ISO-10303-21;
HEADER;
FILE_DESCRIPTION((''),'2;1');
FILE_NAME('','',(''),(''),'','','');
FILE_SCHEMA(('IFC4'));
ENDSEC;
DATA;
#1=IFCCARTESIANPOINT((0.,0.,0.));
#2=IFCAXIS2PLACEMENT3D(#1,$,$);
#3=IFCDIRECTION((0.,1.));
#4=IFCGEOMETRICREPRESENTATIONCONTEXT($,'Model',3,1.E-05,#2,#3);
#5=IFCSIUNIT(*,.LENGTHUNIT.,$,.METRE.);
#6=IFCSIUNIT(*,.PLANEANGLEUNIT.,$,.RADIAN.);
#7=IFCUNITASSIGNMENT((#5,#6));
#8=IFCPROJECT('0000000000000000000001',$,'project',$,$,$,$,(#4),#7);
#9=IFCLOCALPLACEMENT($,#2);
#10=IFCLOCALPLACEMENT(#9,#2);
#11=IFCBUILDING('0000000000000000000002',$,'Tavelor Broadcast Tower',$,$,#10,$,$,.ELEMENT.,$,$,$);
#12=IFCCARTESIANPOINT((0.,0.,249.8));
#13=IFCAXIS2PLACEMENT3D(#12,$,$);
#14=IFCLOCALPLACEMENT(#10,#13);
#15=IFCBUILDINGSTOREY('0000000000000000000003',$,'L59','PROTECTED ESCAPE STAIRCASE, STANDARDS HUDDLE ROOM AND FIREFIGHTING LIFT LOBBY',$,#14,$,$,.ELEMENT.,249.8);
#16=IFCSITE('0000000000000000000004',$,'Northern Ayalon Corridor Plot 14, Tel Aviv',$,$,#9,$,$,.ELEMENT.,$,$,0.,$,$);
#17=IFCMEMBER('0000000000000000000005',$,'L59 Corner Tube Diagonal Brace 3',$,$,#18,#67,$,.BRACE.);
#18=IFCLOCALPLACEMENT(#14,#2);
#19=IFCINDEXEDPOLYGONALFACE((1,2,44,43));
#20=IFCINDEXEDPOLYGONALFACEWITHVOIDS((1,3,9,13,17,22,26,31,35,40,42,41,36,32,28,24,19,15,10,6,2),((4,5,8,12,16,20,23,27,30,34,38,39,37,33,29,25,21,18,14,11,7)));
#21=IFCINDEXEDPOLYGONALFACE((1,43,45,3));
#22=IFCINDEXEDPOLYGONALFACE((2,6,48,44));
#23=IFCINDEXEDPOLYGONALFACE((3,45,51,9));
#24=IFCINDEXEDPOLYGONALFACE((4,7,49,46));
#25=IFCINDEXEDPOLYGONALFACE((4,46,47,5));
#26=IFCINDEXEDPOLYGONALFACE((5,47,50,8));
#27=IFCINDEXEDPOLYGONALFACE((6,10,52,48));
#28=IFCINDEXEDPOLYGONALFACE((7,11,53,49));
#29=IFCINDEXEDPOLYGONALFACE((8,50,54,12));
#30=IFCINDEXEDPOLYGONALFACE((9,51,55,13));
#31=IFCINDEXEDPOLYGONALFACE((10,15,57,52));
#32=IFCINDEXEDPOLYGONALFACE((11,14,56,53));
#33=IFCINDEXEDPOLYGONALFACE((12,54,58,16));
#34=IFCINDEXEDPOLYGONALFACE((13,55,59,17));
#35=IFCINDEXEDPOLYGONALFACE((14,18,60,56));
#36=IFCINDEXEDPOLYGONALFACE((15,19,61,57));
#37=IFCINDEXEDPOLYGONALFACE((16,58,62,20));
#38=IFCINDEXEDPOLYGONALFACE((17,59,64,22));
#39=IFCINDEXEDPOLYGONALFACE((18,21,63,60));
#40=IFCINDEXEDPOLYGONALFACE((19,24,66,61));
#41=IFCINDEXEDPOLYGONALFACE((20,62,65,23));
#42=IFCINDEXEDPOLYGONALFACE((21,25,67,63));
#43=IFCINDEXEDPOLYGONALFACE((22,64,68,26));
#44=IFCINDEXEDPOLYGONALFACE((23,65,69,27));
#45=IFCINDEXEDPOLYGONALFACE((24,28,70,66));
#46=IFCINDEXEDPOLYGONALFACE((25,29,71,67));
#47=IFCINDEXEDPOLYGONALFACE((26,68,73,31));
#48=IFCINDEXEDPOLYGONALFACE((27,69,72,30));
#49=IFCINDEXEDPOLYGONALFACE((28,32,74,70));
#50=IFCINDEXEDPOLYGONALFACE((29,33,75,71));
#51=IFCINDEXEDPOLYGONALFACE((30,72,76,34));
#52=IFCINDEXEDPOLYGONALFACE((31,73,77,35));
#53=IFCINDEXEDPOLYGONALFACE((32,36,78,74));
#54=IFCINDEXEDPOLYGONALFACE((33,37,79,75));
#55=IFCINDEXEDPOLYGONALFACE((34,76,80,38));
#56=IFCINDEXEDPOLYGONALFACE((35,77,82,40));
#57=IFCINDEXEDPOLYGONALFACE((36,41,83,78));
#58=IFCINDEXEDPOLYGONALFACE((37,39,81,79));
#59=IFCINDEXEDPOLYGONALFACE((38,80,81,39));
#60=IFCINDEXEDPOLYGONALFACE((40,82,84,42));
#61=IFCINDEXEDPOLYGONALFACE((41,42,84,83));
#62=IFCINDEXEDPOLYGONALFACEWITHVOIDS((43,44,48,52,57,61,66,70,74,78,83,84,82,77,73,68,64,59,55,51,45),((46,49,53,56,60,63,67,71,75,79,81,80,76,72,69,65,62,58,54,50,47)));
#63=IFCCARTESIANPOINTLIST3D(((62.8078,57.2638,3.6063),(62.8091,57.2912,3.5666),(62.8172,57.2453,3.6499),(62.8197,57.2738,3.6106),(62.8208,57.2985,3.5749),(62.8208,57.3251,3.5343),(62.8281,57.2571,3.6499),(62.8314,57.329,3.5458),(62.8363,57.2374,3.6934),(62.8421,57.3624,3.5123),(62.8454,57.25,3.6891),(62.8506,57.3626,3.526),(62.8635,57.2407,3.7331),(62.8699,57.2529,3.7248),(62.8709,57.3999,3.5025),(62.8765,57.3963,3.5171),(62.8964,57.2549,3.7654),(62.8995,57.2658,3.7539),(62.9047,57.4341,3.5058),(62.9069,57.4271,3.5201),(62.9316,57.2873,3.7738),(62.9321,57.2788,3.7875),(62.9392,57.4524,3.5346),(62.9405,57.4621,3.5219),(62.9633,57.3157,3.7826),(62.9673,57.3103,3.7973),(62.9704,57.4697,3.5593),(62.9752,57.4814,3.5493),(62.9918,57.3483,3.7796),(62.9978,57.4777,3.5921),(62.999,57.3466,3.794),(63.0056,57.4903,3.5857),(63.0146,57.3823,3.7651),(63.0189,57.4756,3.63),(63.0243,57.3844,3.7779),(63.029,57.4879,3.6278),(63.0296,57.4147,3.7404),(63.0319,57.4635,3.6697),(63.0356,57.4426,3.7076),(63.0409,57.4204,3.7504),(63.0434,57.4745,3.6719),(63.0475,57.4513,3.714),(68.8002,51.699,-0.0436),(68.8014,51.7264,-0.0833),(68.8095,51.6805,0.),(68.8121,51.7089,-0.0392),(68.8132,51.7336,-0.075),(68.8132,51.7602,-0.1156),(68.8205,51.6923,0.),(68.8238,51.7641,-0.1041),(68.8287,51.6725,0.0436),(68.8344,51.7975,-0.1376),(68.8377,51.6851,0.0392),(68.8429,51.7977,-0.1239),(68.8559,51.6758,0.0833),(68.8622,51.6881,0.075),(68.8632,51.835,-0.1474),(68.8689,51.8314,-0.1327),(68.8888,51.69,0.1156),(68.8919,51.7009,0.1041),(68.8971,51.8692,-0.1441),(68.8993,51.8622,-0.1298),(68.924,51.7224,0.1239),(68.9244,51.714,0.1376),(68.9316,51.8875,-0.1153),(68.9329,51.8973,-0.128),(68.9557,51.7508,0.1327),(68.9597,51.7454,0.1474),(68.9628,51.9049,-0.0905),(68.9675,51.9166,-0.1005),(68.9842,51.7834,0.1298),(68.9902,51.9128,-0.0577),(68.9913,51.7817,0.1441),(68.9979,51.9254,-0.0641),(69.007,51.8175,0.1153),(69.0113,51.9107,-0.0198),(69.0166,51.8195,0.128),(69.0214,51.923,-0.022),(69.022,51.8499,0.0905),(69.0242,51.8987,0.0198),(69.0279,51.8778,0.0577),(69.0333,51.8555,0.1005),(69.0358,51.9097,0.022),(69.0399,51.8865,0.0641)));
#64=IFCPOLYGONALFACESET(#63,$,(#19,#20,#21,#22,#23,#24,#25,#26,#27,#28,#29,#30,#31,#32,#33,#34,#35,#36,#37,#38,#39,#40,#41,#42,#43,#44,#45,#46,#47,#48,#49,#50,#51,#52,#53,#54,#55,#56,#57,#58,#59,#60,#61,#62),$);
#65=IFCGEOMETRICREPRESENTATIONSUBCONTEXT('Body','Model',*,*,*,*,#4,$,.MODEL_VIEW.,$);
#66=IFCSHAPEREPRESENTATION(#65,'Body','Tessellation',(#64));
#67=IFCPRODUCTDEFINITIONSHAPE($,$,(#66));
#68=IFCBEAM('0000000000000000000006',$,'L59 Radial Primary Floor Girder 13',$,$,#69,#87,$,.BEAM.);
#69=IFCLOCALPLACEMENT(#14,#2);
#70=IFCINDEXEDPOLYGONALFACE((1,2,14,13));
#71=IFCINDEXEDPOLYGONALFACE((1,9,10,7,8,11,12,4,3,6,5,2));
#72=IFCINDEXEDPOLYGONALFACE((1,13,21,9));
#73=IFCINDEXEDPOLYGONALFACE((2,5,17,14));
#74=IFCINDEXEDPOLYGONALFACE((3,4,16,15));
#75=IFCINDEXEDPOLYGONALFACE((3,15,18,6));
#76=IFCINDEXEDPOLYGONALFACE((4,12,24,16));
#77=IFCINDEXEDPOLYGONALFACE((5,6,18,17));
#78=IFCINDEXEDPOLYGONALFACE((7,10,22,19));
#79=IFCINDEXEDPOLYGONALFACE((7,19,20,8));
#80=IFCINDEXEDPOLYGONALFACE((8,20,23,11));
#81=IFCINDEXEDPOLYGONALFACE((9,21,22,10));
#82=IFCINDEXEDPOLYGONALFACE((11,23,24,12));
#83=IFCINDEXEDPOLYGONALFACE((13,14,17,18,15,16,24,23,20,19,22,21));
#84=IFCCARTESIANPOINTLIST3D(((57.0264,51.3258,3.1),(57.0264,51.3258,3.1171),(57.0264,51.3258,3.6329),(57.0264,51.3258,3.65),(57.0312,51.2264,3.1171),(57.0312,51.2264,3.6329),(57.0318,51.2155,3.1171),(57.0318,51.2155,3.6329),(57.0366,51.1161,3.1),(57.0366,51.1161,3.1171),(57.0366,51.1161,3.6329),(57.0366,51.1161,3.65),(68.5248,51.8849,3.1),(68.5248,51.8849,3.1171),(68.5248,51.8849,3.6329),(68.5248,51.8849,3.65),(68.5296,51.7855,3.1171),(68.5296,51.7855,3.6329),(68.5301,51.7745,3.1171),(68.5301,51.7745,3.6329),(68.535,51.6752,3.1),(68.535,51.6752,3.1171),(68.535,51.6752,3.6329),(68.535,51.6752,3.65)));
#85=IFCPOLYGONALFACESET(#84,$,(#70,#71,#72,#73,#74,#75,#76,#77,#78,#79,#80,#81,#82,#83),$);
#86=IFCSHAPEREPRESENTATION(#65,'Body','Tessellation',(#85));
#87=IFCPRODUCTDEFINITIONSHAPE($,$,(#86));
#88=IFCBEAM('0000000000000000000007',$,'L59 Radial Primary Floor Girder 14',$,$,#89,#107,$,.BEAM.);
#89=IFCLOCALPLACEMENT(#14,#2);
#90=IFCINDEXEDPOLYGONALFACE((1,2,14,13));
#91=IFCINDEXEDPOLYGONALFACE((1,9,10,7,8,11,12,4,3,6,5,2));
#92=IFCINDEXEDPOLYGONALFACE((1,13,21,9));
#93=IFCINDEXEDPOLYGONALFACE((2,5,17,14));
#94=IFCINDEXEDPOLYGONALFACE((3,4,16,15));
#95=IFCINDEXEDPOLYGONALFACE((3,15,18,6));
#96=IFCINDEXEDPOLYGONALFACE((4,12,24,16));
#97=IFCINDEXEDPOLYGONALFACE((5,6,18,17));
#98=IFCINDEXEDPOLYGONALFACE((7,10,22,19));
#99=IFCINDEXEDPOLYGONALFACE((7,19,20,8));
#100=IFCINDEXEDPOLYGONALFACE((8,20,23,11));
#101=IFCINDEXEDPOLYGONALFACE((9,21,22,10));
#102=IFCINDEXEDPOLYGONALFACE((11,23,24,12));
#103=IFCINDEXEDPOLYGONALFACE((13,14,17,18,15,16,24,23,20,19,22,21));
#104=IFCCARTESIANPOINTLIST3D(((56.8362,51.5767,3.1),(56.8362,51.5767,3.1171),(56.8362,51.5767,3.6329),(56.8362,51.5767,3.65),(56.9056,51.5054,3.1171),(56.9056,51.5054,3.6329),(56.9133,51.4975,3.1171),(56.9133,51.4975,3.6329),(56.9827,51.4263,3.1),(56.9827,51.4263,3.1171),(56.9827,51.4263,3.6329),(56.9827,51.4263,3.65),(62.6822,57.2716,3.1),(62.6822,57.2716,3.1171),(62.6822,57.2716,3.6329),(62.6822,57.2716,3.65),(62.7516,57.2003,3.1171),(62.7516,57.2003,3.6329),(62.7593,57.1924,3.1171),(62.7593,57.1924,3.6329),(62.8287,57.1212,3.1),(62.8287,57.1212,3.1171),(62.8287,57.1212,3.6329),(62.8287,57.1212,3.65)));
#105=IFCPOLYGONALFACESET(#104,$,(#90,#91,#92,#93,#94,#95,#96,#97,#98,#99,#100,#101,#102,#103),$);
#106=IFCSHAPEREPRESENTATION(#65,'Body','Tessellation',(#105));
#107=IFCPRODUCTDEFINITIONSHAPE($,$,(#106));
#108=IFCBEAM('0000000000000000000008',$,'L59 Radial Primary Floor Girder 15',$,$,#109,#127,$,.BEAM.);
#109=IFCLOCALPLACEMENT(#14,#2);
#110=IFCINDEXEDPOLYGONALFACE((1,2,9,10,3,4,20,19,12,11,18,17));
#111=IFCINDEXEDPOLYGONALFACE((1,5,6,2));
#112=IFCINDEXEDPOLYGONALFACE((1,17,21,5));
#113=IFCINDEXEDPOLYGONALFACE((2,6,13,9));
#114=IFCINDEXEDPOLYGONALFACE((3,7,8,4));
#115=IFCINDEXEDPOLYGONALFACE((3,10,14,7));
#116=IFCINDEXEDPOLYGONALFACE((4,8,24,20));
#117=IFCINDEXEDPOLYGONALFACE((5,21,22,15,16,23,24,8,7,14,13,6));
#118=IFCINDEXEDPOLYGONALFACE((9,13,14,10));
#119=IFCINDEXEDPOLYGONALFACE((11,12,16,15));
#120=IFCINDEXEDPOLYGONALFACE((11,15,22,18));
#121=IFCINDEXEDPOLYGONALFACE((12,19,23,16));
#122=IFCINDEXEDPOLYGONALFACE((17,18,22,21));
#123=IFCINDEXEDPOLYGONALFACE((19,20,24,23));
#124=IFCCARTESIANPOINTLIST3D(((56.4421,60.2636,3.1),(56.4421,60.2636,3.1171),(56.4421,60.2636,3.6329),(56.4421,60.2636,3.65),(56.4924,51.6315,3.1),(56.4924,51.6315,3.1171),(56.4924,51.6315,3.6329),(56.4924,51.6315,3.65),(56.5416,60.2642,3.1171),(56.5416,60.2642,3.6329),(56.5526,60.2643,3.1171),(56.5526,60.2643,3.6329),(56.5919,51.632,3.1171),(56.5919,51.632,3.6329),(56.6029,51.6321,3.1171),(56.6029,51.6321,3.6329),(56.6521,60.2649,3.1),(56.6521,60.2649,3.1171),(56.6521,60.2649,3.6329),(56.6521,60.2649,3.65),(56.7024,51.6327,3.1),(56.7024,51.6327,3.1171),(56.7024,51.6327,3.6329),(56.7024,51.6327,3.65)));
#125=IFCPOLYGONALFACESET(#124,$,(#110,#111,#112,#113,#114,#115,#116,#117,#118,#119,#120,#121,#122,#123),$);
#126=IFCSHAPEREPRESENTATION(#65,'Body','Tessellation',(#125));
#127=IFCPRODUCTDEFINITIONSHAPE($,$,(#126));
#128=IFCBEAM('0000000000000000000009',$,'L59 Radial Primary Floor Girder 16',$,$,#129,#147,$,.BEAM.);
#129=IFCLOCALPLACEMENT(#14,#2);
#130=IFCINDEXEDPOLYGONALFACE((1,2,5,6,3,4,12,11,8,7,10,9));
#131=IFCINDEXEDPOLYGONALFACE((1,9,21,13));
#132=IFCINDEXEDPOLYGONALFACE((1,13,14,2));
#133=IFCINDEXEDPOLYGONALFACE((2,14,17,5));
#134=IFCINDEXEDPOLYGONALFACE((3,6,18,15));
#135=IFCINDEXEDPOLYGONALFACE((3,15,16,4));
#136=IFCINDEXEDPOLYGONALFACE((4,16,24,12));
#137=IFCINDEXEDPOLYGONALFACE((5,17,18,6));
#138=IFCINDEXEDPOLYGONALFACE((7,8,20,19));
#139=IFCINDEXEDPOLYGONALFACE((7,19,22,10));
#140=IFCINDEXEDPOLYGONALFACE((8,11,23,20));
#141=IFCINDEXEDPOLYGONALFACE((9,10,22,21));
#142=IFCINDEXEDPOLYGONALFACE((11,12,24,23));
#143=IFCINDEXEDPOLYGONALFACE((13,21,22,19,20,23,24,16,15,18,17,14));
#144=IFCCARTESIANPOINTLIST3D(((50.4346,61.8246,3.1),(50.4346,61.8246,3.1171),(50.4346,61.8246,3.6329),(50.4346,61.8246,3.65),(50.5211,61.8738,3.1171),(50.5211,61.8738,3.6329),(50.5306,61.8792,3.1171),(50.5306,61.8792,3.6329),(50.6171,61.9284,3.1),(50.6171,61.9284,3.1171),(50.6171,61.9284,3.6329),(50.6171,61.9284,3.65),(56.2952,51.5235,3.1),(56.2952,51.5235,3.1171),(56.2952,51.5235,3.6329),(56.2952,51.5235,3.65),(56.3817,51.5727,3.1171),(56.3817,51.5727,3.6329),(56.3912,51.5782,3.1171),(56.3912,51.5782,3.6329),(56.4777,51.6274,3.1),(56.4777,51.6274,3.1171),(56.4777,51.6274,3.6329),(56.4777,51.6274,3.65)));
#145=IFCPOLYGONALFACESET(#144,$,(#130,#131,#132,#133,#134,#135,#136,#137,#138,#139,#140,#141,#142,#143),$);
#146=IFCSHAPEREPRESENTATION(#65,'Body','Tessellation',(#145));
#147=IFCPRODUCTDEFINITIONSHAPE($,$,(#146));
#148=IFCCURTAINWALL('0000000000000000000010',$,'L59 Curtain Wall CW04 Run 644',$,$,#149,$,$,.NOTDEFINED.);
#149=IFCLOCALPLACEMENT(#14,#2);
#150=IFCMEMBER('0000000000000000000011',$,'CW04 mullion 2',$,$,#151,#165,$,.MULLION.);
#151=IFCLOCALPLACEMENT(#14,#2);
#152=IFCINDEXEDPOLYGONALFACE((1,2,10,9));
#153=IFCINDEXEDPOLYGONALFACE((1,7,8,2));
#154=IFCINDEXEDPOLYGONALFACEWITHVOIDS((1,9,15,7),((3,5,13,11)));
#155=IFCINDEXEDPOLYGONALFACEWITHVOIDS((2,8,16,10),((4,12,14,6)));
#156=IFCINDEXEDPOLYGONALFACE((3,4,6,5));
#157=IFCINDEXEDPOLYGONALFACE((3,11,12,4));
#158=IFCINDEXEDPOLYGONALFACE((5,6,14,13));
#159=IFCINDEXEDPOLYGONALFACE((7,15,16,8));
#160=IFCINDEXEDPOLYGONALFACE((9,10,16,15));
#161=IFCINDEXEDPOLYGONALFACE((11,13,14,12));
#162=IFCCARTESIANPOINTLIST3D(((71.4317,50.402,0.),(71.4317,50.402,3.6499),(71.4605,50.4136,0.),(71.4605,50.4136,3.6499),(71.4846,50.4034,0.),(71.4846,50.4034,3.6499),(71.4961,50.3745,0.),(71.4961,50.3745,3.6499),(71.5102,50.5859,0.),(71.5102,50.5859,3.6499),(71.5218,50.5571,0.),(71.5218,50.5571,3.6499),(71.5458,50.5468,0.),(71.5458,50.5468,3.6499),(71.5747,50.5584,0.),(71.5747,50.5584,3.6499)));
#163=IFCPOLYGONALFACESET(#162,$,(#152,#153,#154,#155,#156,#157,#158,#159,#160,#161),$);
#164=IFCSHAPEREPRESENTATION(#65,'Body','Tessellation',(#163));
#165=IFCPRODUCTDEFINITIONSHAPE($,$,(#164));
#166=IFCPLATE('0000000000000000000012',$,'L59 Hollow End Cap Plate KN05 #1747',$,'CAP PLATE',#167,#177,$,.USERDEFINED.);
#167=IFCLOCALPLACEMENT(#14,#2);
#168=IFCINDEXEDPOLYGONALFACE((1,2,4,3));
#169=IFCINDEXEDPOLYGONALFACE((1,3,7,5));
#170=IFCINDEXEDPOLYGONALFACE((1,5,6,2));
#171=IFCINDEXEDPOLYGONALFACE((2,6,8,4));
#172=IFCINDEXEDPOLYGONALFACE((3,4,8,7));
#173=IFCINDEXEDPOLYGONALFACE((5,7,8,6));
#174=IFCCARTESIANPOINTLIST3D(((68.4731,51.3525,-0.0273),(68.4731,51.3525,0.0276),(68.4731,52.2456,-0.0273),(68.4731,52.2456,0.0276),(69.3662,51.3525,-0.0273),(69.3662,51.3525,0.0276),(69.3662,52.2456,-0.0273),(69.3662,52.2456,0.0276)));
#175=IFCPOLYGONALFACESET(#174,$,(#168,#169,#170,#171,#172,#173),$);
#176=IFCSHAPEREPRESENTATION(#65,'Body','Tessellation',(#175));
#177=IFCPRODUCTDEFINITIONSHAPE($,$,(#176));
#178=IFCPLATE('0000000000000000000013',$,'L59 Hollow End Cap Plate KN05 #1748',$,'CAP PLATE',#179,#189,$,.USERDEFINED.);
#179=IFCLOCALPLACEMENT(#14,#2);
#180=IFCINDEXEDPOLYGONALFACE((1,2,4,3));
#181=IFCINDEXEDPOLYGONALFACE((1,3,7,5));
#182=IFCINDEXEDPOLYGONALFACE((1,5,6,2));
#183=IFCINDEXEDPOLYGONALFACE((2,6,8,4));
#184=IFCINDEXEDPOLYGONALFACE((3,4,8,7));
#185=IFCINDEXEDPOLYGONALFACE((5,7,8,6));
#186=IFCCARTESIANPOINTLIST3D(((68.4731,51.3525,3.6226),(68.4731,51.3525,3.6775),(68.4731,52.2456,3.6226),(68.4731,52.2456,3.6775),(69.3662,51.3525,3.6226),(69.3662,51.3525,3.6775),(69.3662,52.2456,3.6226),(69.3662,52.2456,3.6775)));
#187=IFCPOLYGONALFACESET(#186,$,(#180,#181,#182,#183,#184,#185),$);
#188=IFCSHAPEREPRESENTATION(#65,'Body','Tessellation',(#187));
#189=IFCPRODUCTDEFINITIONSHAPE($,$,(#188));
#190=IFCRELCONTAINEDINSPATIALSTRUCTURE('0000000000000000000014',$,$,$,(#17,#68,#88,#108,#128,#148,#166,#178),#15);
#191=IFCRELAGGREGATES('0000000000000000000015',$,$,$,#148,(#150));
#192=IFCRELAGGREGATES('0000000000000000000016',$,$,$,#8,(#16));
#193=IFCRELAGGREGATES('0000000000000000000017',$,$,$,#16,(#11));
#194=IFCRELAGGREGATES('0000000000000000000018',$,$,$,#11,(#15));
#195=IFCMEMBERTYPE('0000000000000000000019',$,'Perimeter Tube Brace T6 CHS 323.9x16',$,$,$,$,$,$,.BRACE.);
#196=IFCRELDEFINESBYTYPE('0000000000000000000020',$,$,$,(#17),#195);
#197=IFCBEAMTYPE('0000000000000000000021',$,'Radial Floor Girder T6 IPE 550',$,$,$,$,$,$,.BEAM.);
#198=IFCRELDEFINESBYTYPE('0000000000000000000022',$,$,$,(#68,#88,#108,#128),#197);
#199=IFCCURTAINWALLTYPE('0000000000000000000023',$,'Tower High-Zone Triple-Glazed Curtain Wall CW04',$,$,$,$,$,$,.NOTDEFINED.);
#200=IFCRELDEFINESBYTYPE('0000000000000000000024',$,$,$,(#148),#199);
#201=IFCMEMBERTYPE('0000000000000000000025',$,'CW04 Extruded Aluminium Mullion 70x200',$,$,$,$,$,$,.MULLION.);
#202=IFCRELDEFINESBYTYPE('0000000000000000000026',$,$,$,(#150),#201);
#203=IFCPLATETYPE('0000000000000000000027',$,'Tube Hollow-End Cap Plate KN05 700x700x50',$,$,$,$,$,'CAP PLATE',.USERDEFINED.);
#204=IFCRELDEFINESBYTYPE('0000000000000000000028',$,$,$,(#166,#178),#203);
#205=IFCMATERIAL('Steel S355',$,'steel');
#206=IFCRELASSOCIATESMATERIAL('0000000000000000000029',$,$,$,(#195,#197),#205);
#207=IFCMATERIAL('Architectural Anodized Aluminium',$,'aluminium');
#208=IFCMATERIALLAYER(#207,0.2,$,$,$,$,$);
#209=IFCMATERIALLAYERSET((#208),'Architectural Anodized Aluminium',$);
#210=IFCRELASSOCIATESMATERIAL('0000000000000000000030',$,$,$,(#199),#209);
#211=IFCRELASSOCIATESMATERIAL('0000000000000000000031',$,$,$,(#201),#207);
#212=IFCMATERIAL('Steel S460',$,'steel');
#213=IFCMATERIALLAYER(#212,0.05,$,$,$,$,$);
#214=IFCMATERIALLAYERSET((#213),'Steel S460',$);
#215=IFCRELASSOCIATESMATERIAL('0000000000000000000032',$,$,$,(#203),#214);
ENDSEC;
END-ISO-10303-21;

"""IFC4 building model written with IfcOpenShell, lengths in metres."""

from ifc_helpers import new_model, si_unit, direction, frame, origin, origin_2d, place, context, subcontext, project, spatial, rectangle, hollow_rectangle, hollow_circle, i_section, extrude, source, transform, mapped, material, layer, layer_set, material_profile, profile_set, type_object, type_shapes, element, aggregate, save


model = new_model("IFC4")

# Units and contexts
model_context = context("Model", 3, precision=1e-05, world=origin(), true_north=direction((0.0, 1.0)))
body_context = subcontext(model_context, "Body", "Model", "MODEL_VIEW")
ifc_project = project(units=[si_unit("LENGTHUNIT", "METRE"), si_unit("PLANEANGLEUNIT", "RADIAN")], contexts=[model_context])

# Site, building, storey
site_placement = place(None, origin())
site = spatial("IfcSite", under=ifc_project, at=site_placement, Name="Northern Ayalon Corridor Plot 14, Tel Aviv", CompositionType="ELEMENT", RefElevation=0.0)
building_placement = place(site_placement, origin())
building = spatial("IfcBuilding", under=site, at=building_placement, Name="Tavelor Broadcast Tower", CompositionType="ELEMENT")
storey_placement = place(building_placement, frame((0.0, 0.0, 249.8)))
storey = spatial("IfcBuildingStorey", under=building, at=storey_placement, Name="L59", Description="PROTECTED ESCAPE STAIRCASE, STANDARDS HUDDLE ROOM AND FIREFIGHTING LIFT LOBBY", CompositionType="ELEMENT", Elevation=249.8)

# Shared definitions
ifc_material_1 = material(Name="Steel S460", Category="steel")

# Shared definitions
ifc_material_2 = material(Name="Steel S355", Category="steel")

# Member
ifc_material_profile_1 = material_profile(ifc_material_2, hollow_circle(Radius=0.1619, WallThickness=0.0161, at=origin_2d()), Name="CHS 323.9x16")
ifc_profile_set_1 = profile_set([ifc_material_profile_1], Name="Steel S355")
member_type_1 = type_object("IfcMemberType", Name="Perimeter Tube Brace T6 CHS 323.9x16", PredefinedType="BRACE", material=ifc_profile_set_1)
member_1_placement = place(storey_placement, frame((68.9197, 51.7991, 0.0), z_axis=(-0.66914, 0.621405, 0.407563), x_axis=(-0.680487, -0.732761, 0.0)))
element("IfcMember", 1, at=member_1_placement, inside=storey, type_object=member_type_1, Name="L59 Corner Tube Diagonal Brace 3", PredefinedType="BRACE", context=body_context, shape_type="SweptSolid", body=[
    extrude(hollow_circle(Radius=0.1619, WallThickness=0.0161, at=origin_2d()), origin(), (0.0, 0.0, 1.0), 8.9553),
])

# Beams
ifc_material_profile_2 = material_profile(ifc_material_2, i_section(OverallWidth=0.21, OverallDepth=0.55, WebThickness=0.011, FlangeThickness=0.0171, at=origin_2d()), Name="IPE 550")
ifc_profile_set_2 = profile_set([ifc_material_profile_2], Name="Steel S355")
beam_type_1 = type_object("IfcBeamType", Name="Radial Floor Girder T6 IPE 550", PredefinedType="BEAM", material=ifc_profile_set_2)
beam_1_placement = place(storey_placement, frame((57.0315, 51.2209, 3.375), z_axis=(0.99882, 0.048566, 0.0), x_axis=(-0.048566, 0.99882, 0.0)))
element("IfcBeam", 2, at=beam_1_placement, inside=storey, type_object=beam_type_1, Name="L59 Radial Primary Floor Girder 13", PredefinedType="BEAM", context=body_context, shape_type="SweptSolid", body=[
    extrude(i_section(OverallWidth=0.21, OverallDepth=0.55, WebThickness=0.011, FlangeThickness=0.0171, at=origin_2d()), origin(), (0.0, 0.0, 1.0), 11.512),
])
beam_2_placement = place(storey_placement, frame((56.9094, 51.5015, 3.375), z_axis=(0.716305, 0.697788, 0.0), x_axis=(-0.697788, 0.716305, 0.0)))
element("IfcBeam", 3, at=beam_2_placement, inside=storey, type_object=beam_type_1, Name="L59 Radial Primary Floor Girder 14", PredefinedType="BEAM", context=body_context, shape_type="SweptSolid", body=[
    extrude(i_section(OverallWidth=0.21, OverallDepth=0.55, WebThickness=0.011, FlangeThickness=0.0171, at=origin_2d()), origin(), (0.0, 0.0, 1.0), 8.1614),
])
beam_3_placement = place(storey_placement, frame((56.5974, 51.6321, 3.375), z_axis=(-0.005826, 0.999983, 0.0), x_axis=(-0.999983, -0.005826, 0.0)))
element("IfcBeam", 4, at=beam_3_placement, inside=storey, type_object=beam_type_1, Name="L59 Radial Primary Floor Girder 15", PredefinedType="BEAM", context=body_context, shape_type="SweptSolid", body=[
    extrude(i_section(OverallWidth=0.21, OverallDepth=0.55, WebThickness=0.011, FlangeThickness=0.0171, at=origin_2d()), origin(), (0.0, 0.0, 1.0), 8.6323),
])
beam_4_placement = place(storey_placement, frame((56.3865, 51.5754, 3.375), z_axis=(-0.494503, 0.869176, 0.0), x_axis=(-0.869176, -0.494503, 0.0)))
element("IfcBeam", 5, at=beam_4_placement, inside=storey, type_object=beam_type_1, Name="L59 Radial Primary Floor Girder 16", PredefinedType="BEAM", context=body_context, shape_type="SweptSolid", body=[
    extrude(i_section(OverallWidth=0.21, OverallDepth=0.55, WebThickness=0.011, FlangeThickness=0.0171, at=origin_2d()), origin(), (0.0, 0.0, 1.0), 11.8516),
])

# Curtain wall, member
ifc_material_3 = material(Name="Architectural Anodized Aluminium", Category="aluminium")
ifc_layer_1 = layer(ifc_material_3, 0.2)
ifc_layer_set_1 = layer_set([ifc_layer_1], Name="Architectural Anodized Aluminium")
curtain_wall_type = type_object("IfcCurtainWallType", Name="Tower High-Zone Triple-Glazed Curtain Wall CW04", PredefinedType="NOTDEFINED", material=ifc_layer_set_1)
curtain_wall_placement = place(storey_placement, origin())
curtain_wall = element("IfcCurtainWall", 6, at=curtain_wall_placement, inside=storey, type_object=curtain_wall_type, Name="L59 Curtain Wall CW04 Run 644", PredefinedType="NOTDEFINED")
ifc_material_profile_3 = material_profile(ifc_material_3, hollow_rectangle(XDim=0.0701, YDim=0.2, WallThickness=0.022, at=origin_2d()), Name="RHS 70x200x22")
ifc_profile_set_3 = profile_set([ifc_material_profile_3], Name="Architectural Anodized Aluminium")
member_type_2 = type_object("IfcMemberType", Name="CW04 Extruded Aluminium Mullion 70x200", PredefinedType="MULLION", material=ifc_profile_set_3)
shared_shape_1 = source(origin(), body_context, "Body", "SweptSolid", [
    extrude(hollow_rectangle(XDim=0.0701, YDim=0.2, WallThickness=0.022, at=origin_2d()), origin(), (0.0, 0.0, 1.0), 3.6499),
])
type_shapes(member_type_2, [shared_shape_1])
member_2_placement = place(storey_placement, frame((71.5032, 50.4802, 0.0), z_axis=(0.0, 0.0, 1.0), x_axis=(-0.919656, 0.392724, 0.0)))
member_2 = element("IfcMember", 7, at=member_2_placement, type_object=member_type_2, Name="CW04 mullion 2", PredefinedType="MULLION", context=body_context, shape_type="MappedRepresentation", body=[
    mapped(shared_shape_1, transform((0.0, 0.0, 0.0), scale=1.0)),
])

# Plates
ifc_layer_2 = layer(ifc_material_1, 0.05)
ifc_layer_set_2 = layer_set([ifc_layer_2], Name="Steel S460")
plate_type_1 = type_object("IfcPlateType", Name="Tube Hollow-End Cap Plate KN05 700x700x50", ElementType="CAP PLATE", PredefinedType="USERDEFINED", material=ifc_layer_set_2)
shared_shape_2 = source(origin(), body_context, "Body", "SweptSolid", [
    extrude(rectangle(XDim=0.8931, YDim=0.8931, at=origin_2d()), origin(), (0.0, 0.0, 1.0), 0.0549),
])
type_shapes(plate_type_1, [shared_shape_2])
for number, where, z_axis, x_axis, name in (
    (8, (68.9197, 51.7991, -0.0273), (0.0, 0.0, 1.0), (1.0, 0.0, 0.0), "L59 Hollow End Cap Plate KN05 #1747"),
    (9, (68.9197, 51.7991, 3.6226), (0.0, 0.0, 1.0), (1.0, 0.0, 0.0), "L59 Hollow End Cap Plate KN05 #1748"),
):
    element("IfcPlate", number, at=place(storey_placement, frame(where, z_axis=z_axis, x_axis=x_axis)), inside=storey, type_object=plate_type_1, Name=name, ObjectType="CAP PLATE", PredefinedType="USERDEFINED", context=body_context, shape_type="MappedRepresentation", body=[
        mapped(shared_shape_2, transform((0.0, 0.0, 0.0), scale=1.0)),
    ])

aggregate(curtain_wall, [member_2])

save(model, "model.ifc")
